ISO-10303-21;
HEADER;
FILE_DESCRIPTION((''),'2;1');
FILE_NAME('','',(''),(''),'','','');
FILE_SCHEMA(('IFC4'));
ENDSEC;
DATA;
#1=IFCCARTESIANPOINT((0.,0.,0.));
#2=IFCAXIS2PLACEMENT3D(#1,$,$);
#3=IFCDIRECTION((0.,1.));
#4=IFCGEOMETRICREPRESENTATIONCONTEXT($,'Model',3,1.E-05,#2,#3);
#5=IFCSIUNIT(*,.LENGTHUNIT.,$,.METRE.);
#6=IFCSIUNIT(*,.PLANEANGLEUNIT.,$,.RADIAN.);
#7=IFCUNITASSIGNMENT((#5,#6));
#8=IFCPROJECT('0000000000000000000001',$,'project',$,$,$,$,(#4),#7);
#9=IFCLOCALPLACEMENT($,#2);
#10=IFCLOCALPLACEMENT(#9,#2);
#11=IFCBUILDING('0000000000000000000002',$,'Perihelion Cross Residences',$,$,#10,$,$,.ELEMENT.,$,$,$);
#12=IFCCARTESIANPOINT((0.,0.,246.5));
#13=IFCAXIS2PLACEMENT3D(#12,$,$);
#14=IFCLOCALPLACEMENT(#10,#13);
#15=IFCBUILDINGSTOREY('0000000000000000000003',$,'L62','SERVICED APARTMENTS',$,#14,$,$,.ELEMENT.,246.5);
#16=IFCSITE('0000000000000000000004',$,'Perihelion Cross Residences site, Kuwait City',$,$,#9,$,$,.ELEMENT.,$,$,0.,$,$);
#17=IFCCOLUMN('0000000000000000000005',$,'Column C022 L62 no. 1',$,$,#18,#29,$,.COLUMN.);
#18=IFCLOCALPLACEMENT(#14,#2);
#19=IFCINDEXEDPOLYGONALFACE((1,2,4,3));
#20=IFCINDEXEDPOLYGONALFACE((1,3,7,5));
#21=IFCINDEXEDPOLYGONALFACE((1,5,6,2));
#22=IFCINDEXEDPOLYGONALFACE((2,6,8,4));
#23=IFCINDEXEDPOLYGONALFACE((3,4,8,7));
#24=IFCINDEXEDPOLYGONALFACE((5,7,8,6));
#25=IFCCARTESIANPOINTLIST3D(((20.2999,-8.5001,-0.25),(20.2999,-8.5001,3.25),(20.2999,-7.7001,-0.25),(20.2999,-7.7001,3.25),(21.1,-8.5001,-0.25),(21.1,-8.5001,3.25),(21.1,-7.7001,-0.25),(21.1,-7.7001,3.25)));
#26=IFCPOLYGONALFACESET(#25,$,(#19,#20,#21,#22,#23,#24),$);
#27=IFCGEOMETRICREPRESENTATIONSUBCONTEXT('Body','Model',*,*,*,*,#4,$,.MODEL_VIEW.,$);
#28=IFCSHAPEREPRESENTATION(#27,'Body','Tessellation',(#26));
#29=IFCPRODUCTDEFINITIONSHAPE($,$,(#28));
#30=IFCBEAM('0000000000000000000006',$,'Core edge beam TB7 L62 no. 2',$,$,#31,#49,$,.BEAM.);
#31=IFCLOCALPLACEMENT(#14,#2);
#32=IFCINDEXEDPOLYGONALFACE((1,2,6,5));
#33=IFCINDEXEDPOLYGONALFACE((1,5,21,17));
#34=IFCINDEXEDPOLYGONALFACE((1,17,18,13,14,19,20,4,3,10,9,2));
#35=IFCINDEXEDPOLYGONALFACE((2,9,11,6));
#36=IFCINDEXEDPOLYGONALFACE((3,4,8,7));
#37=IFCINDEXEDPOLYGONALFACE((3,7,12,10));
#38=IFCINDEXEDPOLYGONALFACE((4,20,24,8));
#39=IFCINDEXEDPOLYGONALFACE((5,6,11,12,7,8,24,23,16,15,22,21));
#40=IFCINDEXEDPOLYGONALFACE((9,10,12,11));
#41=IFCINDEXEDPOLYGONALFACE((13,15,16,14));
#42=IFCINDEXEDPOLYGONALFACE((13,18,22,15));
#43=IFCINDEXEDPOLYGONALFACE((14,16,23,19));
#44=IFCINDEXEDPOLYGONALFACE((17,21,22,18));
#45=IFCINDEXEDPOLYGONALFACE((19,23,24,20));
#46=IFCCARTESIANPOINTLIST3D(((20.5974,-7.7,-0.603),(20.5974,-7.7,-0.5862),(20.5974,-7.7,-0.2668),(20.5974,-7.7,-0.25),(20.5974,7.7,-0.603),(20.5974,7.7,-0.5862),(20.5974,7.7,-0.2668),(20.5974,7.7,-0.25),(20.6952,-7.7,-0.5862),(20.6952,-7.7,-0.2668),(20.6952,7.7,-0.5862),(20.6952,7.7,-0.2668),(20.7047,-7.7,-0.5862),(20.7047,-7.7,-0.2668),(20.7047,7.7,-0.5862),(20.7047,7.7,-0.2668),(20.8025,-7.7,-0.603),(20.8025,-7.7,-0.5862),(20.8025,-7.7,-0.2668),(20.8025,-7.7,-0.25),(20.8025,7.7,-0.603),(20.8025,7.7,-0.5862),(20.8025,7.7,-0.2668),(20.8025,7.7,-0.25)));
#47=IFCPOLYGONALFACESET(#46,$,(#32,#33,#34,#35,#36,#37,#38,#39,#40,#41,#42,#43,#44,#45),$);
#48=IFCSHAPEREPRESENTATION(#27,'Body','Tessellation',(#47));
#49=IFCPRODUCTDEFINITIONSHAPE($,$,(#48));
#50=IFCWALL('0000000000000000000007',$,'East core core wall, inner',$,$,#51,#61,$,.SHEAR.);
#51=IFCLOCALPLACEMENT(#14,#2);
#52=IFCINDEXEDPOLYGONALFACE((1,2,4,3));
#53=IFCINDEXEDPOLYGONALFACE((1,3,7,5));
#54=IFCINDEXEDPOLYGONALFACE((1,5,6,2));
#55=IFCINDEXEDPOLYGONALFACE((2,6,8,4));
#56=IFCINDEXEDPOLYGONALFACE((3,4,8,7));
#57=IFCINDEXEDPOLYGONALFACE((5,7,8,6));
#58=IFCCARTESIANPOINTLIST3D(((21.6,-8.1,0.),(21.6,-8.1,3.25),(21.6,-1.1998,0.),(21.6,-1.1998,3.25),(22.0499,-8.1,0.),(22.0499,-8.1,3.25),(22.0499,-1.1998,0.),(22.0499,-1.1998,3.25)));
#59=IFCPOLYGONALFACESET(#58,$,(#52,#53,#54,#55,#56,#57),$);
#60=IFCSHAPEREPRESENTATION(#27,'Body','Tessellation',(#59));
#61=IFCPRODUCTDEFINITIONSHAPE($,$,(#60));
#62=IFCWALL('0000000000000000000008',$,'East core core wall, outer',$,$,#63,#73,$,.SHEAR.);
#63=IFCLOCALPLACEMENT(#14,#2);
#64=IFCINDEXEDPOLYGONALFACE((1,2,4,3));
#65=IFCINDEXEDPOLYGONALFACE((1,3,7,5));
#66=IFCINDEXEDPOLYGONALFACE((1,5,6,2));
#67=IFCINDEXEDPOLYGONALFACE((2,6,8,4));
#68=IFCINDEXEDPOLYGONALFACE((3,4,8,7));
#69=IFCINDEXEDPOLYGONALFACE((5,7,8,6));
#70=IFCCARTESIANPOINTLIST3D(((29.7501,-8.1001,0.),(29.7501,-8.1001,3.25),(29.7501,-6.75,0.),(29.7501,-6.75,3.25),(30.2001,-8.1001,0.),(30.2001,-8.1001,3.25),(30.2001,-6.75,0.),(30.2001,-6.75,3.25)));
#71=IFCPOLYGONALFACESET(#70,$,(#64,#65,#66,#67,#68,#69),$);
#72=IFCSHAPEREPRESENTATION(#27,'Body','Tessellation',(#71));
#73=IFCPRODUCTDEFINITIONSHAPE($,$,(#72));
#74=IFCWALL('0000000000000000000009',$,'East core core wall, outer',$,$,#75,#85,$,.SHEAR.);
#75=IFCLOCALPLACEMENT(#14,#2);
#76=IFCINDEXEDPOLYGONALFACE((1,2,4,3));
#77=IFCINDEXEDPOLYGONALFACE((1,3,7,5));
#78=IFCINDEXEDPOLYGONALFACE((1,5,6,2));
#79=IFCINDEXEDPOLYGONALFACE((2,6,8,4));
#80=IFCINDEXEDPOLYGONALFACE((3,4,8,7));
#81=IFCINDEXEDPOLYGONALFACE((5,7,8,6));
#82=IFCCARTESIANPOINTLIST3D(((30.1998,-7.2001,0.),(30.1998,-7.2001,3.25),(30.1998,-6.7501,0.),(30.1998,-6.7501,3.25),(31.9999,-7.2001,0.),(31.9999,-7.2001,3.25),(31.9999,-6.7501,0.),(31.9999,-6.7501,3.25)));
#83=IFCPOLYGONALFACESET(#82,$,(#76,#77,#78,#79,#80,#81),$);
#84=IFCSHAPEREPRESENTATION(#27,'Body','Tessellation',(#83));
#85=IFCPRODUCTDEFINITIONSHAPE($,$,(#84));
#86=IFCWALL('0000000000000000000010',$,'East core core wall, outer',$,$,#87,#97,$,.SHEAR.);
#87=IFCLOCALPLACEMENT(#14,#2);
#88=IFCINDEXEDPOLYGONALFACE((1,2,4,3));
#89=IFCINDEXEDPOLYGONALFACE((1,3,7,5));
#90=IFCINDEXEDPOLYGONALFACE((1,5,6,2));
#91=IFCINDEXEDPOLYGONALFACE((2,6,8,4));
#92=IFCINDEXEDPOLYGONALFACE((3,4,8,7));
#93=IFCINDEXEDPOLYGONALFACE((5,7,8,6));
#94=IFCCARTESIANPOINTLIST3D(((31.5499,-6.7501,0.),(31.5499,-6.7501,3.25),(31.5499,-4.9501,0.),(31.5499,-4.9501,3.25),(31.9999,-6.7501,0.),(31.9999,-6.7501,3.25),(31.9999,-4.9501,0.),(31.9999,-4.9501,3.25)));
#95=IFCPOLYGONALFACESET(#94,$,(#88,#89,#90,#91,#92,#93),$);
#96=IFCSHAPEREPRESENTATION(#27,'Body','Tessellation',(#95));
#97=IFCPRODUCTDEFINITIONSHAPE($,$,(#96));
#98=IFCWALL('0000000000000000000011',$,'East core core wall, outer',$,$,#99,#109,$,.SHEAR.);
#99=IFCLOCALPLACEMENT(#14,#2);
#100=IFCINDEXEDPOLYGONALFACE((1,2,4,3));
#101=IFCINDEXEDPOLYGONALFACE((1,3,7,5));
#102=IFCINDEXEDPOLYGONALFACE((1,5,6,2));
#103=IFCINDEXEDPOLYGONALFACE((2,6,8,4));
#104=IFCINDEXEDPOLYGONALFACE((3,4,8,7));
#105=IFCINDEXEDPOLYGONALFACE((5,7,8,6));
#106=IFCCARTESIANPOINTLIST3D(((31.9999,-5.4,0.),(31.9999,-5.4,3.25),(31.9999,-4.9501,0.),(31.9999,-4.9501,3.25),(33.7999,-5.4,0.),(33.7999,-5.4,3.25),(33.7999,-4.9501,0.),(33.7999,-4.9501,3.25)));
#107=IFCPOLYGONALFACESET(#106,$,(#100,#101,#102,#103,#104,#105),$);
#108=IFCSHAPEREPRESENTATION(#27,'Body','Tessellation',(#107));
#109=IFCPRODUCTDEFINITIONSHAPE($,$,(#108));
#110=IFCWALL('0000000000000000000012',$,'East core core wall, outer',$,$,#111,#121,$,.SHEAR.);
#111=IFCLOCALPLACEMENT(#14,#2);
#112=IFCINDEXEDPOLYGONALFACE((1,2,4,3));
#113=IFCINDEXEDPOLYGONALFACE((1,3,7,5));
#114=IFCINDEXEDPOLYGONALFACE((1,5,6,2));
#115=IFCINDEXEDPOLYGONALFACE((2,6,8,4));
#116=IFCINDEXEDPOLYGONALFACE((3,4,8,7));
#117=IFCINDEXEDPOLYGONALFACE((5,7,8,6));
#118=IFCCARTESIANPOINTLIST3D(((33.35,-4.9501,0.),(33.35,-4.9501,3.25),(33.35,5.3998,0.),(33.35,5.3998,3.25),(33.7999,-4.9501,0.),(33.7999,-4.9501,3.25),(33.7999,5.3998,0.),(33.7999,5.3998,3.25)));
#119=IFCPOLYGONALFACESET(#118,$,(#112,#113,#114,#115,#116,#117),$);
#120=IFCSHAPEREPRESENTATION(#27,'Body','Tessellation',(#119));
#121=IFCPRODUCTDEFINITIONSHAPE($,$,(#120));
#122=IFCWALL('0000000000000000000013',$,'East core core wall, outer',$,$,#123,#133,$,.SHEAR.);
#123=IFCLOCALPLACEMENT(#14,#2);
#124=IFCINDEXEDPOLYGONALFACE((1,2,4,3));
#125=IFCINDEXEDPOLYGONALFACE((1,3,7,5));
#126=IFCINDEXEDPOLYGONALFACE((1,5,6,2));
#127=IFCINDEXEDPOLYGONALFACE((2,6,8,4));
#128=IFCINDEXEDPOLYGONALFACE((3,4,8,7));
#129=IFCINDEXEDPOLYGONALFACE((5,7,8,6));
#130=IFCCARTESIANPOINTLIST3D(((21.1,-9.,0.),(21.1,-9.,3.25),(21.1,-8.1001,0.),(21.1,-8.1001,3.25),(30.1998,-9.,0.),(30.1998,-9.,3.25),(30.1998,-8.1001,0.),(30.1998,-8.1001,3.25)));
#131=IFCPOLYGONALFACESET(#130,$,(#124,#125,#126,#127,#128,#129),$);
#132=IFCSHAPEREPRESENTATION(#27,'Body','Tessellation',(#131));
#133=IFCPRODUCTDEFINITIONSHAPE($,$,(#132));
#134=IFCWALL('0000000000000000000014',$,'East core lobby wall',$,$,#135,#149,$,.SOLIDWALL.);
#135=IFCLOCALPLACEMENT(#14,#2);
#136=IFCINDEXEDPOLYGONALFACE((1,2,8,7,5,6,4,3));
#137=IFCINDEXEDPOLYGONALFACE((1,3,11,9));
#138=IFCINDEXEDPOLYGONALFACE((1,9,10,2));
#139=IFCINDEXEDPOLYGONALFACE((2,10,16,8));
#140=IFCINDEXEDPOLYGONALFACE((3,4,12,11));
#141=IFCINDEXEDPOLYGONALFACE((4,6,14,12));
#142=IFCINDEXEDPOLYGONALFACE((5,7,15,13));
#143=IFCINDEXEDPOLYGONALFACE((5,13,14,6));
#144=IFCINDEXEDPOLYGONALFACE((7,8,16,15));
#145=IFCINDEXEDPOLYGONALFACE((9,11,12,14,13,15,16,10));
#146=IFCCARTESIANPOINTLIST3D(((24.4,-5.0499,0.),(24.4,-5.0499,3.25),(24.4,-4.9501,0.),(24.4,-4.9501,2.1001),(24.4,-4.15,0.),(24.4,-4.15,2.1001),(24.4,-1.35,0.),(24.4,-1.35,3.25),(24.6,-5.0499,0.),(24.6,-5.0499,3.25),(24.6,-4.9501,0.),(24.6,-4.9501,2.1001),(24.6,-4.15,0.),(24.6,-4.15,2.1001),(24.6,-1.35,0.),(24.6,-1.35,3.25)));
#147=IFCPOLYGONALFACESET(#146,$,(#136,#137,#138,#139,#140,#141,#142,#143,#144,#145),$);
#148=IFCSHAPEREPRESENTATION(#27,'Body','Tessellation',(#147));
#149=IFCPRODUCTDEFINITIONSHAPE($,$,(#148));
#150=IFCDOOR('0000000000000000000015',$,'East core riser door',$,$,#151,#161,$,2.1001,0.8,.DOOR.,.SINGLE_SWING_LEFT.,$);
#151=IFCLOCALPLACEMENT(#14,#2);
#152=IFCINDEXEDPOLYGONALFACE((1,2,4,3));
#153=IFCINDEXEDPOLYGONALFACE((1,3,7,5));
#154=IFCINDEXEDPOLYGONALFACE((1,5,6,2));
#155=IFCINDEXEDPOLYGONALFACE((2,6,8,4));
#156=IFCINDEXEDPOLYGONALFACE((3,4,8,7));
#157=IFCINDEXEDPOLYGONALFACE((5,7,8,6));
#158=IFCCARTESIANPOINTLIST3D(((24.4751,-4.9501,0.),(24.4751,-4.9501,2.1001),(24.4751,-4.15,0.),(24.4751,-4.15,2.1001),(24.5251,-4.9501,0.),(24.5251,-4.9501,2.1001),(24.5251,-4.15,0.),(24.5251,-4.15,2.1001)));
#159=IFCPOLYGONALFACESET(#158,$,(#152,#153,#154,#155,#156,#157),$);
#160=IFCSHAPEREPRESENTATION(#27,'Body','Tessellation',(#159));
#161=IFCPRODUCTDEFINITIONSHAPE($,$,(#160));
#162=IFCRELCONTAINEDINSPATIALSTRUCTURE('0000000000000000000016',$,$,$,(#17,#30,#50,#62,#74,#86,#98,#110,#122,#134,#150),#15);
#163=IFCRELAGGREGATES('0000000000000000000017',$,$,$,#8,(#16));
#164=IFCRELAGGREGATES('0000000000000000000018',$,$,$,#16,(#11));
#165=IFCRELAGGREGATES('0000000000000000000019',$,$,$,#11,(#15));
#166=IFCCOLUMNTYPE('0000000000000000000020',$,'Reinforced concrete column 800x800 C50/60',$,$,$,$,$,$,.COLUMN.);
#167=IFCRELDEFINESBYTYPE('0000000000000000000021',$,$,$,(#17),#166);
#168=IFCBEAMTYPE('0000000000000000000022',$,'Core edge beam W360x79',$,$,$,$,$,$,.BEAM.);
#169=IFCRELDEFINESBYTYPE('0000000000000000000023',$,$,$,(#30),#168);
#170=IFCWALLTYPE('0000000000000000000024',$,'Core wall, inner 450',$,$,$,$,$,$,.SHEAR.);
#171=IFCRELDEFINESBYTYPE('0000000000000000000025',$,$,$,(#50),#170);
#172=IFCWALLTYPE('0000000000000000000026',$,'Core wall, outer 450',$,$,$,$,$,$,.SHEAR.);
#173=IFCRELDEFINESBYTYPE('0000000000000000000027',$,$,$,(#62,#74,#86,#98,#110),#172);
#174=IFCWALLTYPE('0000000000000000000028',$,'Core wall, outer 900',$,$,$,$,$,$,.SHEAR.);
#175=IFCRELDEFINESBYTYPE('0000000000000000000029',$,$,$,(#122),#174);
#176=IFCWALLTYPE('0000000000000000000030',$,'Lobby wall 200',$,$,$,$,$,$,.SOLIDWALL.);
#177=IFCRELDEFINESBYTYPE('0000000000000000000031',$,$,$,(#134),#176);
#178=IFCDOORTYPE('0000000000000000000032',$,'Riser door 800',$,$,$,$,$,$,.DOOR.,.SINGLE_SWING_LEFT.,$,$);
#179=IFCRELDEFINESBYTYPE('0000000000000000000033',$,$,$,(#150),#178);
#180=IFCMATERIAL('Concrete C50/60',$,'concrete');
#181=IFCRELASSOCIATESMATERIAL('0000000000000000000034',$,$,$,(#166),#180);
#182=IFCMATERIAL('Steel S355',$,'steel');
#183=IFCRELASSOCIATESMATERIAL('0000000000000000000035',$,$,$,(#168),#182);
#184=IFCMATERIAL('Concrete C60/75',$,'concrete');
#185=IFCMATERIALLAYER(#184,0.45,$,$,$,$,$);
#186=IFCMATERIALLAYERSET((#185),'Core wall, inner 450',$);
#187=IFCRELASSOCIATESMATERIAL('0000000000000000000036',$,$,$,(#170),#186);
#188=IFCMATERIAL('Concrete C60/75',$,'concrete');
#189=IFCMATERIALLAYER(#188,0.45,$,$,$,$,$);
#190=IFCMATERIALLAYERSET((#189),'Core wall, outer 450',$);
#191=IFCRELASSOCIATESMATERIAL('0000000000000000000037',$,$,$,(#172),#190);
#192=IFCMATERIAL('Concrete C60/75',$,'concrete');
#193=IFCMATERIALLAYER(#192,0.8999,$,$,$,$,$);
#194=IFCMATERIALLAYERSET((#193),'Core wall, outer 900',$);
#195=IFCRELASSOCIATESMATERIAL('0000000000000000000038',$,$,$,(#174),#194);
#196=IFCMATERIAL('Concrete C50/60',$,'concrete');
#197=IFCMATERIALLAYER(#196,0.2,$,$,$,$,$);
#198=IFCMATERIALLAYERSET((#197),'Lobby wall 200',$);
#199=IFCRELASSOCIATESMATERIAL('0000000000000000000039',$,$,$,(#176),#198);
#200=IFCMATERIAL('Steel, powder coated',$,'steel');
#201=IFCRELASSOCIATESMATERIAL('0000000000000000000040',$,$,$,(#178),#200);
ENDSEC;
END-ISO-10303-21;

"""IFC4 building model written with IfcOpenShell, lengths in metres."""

from ifc_helpers import new_model, si_unit, direction, frame, frame_2d, origin, origin_2d, place, context, subcontext, project, spatial, rectangle, i_section, extrude, material, layer, layer_set, material_profile, profile_set, type_object, element, fill, save


model = new_model("IFC4")

# Units and contexts
model_context = context("Model", 3, precision=1e-05, world=origin(), true_north=direction((0.0, 1.0)))
body_context = subcontext(model_context, "Body", "Model", "MODEL_VIEW")
ifc_project = project(units=[si_unit("LENGTHUNIT", "METRE"), si_unit("PLANEANGLEUNIT", "RADIAN")], contexts=[model_context])

# Site, building, storey
site_placement = place(None, origin())
site = spatial("IfcSite", under=ifc_project, at=site_placement, Name="Perihelion Cross Residences site, Kuwait City", CompositionType="ELEMENT", RefElevation=0.0)
building_placement = place(site_placement, origin())
building = spatial("IfcBuilding", under=site, at=building_placement, Name="Perihelion Cross Residences", CompositionType="ELEMENT")
storey_placement = place(building_placement, frame((0.0, 0.0, 246.5)))
storey = spatial("IfcBuildingStorey", under=building, at=storey_placement, Name="L62", Description="SERVICED APARTMENTS", CompositionType="ELEMENT", Elevation=246.5)

# Column
ifc_material_1 = material(Name="Concrete C50/60", Category="concrete")
ifc_material_profile_1 = material_profile(ifc_material_1, rectangle(XDim=0.8, YDim=0.8, at=origin_2d()), Name="RC 800x800")
ifc_profile_set_1 = profile_set([ifc_material_profile_1], Name="Concrete C50/60")
column_type = type_object("IfcColumnType", Name="Reinforced concrete column 800x800 C50/60", PredefinedType="COLUMN", material=ifc_profile_set_1)
column_placement = place(storey_placement, frame((20.7, -8.1001, -0.25), z_axis=(0.0, 0.0, 1.0), x_axis=(1.0, 0.0, 0.0)))
element("IfcColumn", 1, at=column_placement, inside=storey, type_object=column_type, Name="Column C022 L62 no. 1", PredefinedType="COLUMN", context=body_context, shape_type="SweptSolid", body=[
    extrude(rectangle(XDim=0.8, YDim=0.8, at=origin_2d()), origin(), (0.0, 0.0, 1.0), 3.5),
])

# Beam
ifc_material_2 = material(Name="Steel S355", Category="steel")
ifc_material_profile_2 = material_profile(ifc_material_2, i_section(OverallWidth=0.2051, OverallDepth=0.353, WebThickness=0.0095, FlangeThickness=0.0168, at=origin_2d()), Name="W360x79")
ifc_profile_set_2 = profile_set([ifc_material_profile_2], Name="Steel S355")
beam_type = type_object("IfcBeamType", Name="Core edge beam W360x79", PredefinedType="BEAM", material=ifc_profile_set_2)
beam_placement = place(storey_placement, frame((20.7, -7.7, -0.4265), z_axis=(0.0, 1.0, 0.0), x_axis=(-1.0, 0.0, 0.0)))
element("IfcBeam", 2, at=beam_placement, inside=storey, type_object=beam_type, Name="Core edge beam TB7 L62 no. 2", PredefinedType="BEAM", context=body_context, shape_type="SweptSolid", body=[
    extrude(i_section(OverallWidth=0.2051, OverallDepth=0.353, WebThickness=0.0095, FlangeThickness=0.0168, at=origin_2d()), origin(), (0.0, 0.0, 1.0), 15.3999),
])

# Walls
ifc_material_3 = material(Name="Concrete C60/75", Category="concrete")
ifc_layer_1 = layer(ifc_material_3, 0.45)
ifc_layer_set_1 = layer_set([ifc_layer_1], Name="Core wall, inner 450")
wall_type_1 = type_object("IfcWallType", Name="Core wall, inner 450", PredefinedType="SHEAR", material=ifc_layer_set_1)
wall_1_placement = place(storey_placement, frame((21.825, -8.1001, 0.0), z_axis=(0.0, 0.0, 1.0), x_axis=(0.0, 1.0, 0.0)))
element("IfcWall", 3, at=wall_1_placement, inside=storey, type_object=wall_type_1, Name="East core core wall, inner", PredefinedType="SHEAR", context=body_context, shape_type="SweptSolid", body=[
    extrude(rectangle(XDim=6.9001, YDim=0.45, at=frame_2d((3.4502, 0.0))), origin(), (0.0, 0.0, 1.0), 3.25),
])
ifc_material_4 = material(Name="Concrete C60/75", Category="concrete")
ifc_layer_2 = layer(ifc_material_4, 0.45)
ifc_layer_set_2 = layer_set([ifc_layer_2], Name="Core wall, outer 450")
wall_type_2 = type_object("IfcWallType", Name="Core wall, outer 450", PredefinedType="SHEAR", material=ifc_layer_set_2)
wall_2_placement = place(storey_placement, frame((29.9751, -8.1001, 0.0), z_axis=(0.0, 0.0, 1.0), x_axis=(0.0, 1.0, 0.0)))
element("IfcWall", 4, at=wall_2_placement, inside=storey, type_object=wall_type_2, Name="East core core wall, outer", PredefinedType="SHEAR", context=body_context, shape_type="SweptSolid", body=[
    extrude(rectangle(XDim=1.3501, YDim=0.45, at=frame_2d((0.675, 0.0))), origin(), (0.0, 0.0, 1.0), 3.25),
])
for number, where, z_axis, x_axis, name in (
    (5, (30.2, -6.9751, 0.0), (0.0, 0.0, 1.0), (1.0, 0.0, 0.0), "East core core wall, outer"),
    (6, (31.7749, -6.75, 0.0), (0.0, 0.0, 1.0), (0.0, 1.0, 0.0), "East core core wall, outer"),
    (7, (32.0, -5.175, 0.0), (0.0, 0.0, 1.0), (1.0, 0.0, 0.0), "East core core wall, outer"),
):
    element("IfcWall", number, at=place(storey_placement, frame(where, z_axis=z_axis, x_axis=x_axis)), inside=storey, type_object=wall_type_2, Name=name, PredefinedType="SHEAR", context=body_context, shape_type="SweptSolid", body=[
        extrude(rectangle(XDim=1.8, YDim=0.45, at=frame_2d((0.8999, 0.0))), origin(), (0.0, 0.0, 1.0), 3.25),
    ])
wall_3_placement = place(storey_placement, frame((33.575, -4.95, 0.0), z_axis=(0.0, 0.0, 1.0), x_axis=(0.0, 1.0, 0.0)))
element("IfcWall", 8, at=wall_3_placement, inside=storey, type_object=wall_type_2, Name="East core core wall, outer", PredefinedType="SHEAR", context=body_context, shape_type="SweptSolid", body=[
    extrude(rectangle(XDim=10.3499, YDim=0.45, at=frame_2d((5.1748, 0.0))), origin(), (0.0, 0.0, 1.0), 3.25),
])
ifc_material_5 = material(Name="Concrete C60/75", Category="concrete")
ifc_layer_3 = layer(ifc_material_5, 0.8999)
ifc_layer_set_3 = layer_set([ifc_layer_3], Name="Core wall, outer 900")
wall_type_3 = type_object("IfcWallType", Name="Core wall, outer 900", PredefinedType="SHEAR", material=ifc_layer_set_3)
wall_4_placement = place(storey_placement, frame((21.1001, -8.55, 0.0), z_axis=(0.0, 0.0, 1.0), x_axis=(1.0, 0.0, 0.0)))
element("IfcWall", 9, at=wall_4_placement, inside=storey, type_object=wall_type_3, Name="East core core wall, outer", PredefinedType="SHEAR", context=body_context, shape_type="SweptSolid", body=[
    extrude(rectangle(XDim=9.0999, YDim=0.8999, at=frame_2d((4.5498, 0.0))), origin(), (0.0, 0.0, 1.0), 3.25),
])

# Wall, opening, door
ifc_material_6 = material(Name="Concrete C50/60", Category="concrete")
ifc_layer_4 = layer(ifc_material_6, 0.2)
ifc_layer_set_4 = layer_set([ifc_layer_4], Name="Lobby wall 200")
wall_type_4 = type_object("IfcWallType", Name="Lobby wall 200", PredefinedType="SOLIDWALL", material=ifc_layer_set_4)
wall_5_placement = place(storey_placement, frame((24.5, -5.05, 0.0), z_axis=(0.0, 0.0, 1.0), x_axis=(0.0, 1.0, 0.0)))
wall_5 = element("IfcWall", 10, at=wall_5_placement, inside=storey, type_object=wall_type_4, Name="East core lobby wall", PredefinedType="SOLIDWALL", context=body_context, shape_type="SweptSolid", body=[
    extrude(rectangle(XDim=3.7, YDim=0.2, at=frame_2d((1.8501, 0.0))), origin(), (0.0, 0.0, 1.0), 3.25),
])
opening_1_placement = place(wall_5_placement, frame((0.1001, 0.0, 0.0)))
opening_1 = element("IfcOpeningElement", 11, at=opening_1_placement, cuts=wall_5, PredefinedType="OPENING", context=body_context, shape_type="SweptSolid", body=[
    extrude(rectangle(XDim=0.8, YDim=2.1001, at=frame_2d((0.3999, 1.05))), frame((0.0, 0.1099, 0.0), z_axis=(0.0, -1.0, 0.0), x_axis=(1.0, 0.0, 0.0)), (0.0, 0.0, 1.0), 0.22),
])
ifc_material_7 = material(Name="Steel, powder coated", Category="steel")
door_type_1 = type_object("IfcDoorType", Name="Riser door 800", OperationType="SINGLE_SWING_LEFT", PredefinedType="DOOR", material=ifc_material_7)
door_1_placement = place(opening_1_placement, origin())
door_1 = element("IfcDoor", 12, at=door_1_placement, inside=storey, type_object=door_type_1, Name="East core riser door", OperationType="SINGLE_SWING_LEFT", OverallHeight=2.1001, OverallWidth=0.8, PredefinedType="DOOR", context=body_context, shape_type="SweptSolid", body=[
    extrude(rectangle(XDim=0.8, YDim=2.1001, at=frame_2d((0.3999, 1.05))), frame((0.0, 0.0249, 0.0), z_axis=(0.0, -1.0, 0.0), x_axis=(1.0, 0.0, 0.0)), (0.0, 0.0, 1.0), 0.05),
])
fill(opening_1, door_1)

save(model, "model.ifc")
